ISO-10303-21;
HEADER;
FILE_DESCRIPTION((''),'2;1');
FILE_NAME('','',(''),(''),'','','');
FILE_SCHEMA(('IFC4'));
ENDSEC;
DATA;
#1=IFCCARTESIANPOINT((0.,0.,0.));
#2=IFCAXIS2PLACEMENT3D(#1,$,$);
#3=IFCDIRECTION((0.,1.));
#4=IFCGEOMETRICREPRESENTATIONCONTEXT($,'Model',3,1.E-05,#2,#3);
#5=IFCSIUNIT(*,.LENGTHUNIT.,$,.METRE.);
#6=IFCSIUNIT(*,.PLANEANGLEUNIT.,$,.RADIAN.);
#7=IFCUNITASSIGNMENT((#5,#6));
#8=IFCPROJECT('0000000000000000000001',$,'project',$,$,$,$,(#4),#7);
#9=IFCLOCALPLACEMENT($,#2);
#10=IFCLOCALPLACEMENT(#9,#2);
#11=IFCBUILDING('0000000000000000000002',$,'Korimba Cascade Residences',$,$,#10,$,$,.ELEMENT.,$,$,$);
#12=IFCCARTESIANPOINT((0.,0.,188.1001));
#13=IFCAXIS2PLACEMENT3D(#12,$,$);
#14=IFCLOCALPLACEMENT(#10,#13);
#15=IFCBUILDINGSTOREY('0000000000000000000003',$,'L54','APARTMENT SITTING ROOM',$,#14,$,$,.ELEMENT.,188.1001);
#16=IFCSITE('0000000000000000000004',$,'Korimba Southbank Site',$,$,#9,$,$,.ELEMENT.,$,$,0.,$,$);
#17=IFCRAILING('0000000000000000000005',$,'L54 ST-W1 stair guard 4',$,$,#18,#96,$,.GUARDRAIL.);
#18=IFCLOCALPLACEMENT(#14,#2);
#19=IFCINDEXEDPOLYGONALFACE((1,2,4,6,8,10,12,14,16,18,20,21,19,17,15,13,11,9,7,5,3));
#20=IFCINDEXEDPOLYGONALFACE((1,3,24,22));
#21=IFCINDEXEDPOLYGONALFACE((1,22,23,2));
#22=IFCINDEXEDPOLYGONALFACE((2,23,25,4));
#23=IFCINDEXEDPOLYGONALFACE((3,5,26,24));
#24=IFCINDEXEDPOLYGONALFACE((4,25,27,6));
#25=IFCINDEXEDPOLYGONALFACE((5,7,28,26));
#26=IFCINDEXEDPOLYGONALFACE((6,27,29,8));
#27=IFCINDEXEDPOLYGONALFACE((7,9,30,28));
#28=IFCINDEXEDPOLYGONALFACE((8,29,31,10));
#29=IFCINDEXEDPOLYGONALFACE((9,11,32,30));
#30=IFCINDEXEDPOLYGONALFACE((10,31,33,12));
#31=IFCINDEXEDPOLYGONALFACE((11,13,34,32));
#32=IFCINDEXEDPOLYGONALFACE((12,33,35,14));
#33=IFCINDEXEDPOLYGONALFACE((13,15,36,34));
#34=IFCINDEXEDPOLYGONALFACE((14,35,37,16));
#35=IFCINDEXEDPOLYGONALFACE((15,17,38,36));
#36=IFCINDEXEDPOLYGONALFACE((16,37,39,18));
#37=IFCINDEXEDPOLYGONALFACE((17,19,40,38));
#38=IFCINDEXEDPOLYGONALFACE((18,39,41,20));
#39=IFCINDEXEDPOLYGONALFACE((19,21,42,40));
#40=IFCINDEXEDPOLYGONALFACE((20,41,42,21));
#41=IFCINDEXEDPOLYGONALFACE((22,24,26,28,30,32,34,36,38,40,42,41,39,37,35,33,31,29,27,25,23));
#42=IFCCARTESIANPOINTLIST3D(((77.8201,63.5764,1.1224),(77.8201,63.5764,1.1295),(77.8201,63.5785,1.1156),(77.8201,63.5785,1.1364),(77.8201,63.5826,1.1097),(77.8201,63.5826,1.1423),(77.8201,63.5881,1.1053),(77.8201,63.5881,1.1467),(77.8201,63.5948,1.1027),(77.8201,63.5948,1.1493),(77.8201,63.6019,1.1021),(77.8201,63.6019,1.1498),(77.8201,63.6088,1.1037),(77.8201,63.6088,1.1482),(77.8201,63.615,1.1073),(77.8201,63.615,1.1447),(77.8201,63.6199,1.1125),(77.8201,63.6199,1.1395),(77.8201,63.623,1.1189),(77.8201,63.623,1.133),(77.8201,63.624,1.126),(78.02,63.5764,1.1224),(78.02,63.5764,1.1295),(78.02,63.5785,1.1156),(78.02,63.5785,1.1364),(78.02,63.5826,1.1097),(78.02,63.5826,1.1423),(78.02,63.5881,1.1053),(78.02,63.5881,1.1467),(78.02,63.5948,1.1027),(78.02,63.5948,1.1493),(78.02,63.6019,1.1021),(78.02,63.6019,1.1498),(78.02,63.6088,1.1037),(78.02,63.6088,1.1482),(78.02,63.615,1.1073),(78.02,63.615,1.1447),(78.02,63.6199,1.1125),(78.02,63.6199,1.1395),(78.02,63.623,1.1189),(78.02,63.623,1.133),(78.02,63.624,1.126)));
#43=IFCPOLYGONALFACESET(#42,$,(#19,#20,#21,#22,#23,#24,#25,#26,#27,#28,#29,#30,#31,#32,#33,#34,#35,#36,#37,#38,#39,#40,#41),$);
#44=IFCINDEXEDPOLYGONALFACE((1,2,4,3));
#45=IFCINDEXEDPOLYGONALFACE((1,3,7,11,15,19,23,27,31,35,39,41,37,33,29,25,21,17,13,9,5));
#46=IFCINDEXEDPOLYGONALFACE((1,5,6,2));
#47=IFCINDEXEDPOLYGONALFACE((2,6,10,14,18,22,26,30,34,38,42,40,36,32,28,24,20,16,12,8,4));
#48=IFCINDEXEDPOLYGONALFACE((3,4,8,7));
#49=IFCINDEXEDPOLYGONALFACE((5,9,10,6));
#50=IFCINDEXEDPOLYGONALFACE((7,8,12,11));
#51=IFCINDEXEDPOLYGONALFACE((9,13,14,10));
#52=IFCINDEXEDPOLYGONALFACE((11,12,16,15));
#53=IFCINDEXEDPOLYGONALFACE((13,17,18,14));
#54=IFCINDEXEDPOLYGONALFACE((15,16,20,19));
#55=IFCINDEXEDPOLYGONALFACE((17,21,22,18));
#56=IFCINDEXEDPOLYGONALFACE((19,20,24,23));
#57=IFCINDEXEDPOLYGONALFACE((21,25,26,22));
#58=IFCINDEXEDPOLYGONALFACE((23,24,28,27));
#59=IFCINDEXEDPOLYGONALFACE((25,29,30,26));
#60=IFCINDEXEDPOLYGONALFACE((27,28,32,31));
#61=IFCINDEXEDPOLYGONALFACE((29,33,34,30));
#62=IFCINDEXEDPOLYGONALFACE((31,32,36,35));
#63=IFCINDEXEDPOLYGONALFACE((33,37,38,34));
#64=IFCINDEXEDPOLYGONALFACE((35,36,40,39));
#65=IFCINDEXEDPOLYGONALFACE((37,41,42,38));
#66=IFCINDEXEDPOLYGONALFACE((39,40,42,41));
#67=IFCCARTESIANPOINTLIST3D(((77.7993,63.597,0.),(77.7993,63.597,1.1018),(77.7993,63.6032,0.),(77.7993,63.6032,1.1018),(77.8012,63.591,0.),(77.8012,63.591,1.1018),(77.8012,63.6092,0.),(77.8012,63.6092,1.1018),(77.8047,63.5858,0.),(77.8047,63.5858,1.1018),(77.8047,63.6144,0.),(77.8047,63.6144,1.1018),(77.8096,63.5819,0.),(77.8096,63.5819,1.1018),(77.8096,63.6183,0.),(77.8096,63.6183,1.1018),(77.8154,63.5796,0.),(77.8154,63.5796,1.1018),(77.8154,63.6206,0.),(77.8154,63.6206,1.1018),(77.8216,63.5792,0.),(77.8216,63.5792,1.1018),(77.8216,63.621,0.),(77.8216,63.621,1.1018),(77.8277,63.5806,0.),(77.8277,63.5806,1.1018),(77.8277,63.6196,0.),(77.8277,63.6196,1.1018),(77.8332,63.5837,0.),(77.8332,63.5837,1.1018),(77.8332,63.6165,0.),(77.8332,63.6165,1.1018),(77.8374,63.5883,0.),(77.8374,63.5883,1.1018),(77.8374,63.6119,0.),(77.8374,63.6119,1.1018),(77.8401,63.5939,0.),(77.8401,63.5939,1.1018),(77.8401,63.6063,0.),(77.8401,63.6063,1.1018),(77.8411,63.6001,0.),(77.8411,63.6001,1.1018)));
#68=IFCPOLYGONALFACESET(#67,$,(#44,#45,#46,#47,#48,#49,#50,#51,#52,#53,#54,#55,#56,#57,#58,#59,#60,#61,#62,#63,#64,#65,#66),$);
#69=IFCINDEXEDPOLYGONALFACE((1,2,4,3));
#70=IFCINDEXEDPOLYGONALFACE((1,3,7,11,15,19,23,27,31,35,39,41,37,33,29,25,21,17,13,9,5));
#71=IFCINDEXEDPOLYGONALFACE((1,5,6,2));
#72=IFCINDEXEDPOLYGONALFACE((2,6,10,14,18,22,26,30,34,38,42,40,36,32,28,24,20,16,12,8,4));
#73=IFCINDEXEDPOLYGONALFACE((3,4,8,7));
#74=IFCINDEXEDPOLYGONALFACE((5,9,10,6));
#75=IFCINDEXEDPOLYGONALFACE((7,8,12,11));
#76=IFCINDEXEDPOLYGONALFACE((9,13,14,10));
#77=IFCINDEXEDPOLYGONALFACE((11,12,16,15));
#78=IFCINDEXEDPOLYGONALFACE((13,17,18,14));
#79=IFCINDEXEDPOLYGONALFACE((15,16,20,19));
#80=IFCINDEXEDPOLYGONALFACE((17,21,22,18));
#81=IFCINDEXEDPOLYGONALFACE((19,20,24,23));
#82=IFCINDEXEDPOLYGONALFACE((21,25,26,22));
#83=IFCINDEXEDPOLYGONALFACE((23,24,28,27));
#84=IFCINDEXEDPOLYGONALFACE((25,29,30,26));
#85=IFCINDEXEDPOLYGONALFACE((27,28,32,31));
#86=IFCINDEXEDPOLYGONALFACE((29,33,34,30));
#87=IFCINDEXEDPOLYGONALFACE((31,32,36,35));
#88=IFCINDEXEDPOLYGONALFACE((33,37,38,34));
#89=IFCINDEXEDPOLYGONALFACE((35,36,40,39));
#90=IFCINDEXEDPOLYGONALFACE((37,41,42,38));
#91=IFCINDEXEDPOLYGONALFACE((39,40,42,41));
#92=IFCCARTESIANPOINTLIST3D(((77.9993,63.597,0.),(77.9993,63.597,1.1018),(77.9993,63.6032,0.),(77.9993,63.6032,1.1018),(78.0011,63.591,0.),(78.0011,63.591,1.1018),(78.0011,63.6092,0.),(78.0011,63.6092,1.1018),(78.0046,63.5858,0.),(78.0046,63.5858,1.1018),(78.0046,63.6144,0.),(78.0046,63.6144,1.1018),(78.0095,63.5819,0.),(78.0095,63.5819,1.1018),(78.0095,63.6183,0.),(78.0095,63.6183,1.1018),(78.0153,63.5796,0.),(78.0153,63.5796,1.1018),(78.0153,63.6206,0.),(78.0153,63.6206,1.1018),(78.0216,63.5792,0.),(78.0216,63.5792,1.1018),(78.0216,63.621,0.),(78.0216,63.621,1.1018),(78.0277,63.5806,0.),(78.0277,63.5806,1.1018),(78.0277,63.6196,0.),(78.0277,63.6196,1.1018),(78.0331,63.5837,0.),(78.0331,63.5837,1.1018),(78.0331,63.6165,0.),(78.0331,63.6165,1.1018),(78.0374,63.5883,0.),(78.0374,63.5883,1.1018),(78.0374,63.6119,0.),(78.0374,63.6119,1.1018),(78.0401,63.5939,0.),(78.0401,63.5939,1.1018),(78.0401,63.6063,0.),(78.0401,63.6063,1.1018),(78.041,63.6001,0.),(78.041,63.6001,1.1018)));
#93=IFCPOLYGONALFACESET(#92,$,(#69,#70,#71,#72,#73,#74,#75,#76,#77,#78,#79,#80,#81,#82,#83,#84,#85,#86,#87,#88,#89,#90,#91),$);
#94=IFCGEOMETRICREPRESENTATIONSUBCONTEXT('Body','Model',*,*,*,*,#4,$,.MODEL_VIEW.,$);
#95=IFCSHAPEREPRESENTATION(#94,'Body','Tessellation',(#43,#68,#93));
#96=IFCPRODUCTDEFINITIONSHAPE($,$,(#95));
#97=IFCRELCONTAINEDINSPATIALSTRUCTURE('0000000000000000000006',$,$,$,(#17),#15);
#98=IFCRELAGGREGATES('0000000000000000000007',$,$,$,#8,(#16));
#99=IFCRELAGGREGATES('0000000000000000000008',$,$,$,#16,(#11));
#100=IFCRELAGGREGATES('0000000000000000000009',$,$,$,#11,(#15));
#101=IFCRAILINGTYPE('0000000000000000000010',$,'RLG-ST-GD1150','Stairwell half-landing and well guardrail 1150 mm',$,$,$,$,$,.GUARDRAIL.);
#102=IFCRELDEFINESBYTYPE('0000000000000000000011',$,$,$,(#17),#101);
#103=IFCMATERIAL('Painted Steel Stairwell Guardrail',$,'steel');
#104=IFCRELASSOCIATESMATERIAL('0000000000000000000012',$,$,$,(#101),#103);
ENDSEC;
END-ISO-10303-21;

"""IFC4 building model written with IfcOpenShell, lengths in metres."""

from ifc_helpers import new_model, si_unit, direction, frame, origin, origin_2d, place, context, subcontext, project, spatial, circle, extrude, material, type_object, element, save


model = new_model("IFC4")

# Units and contexts
model_context = context("Model", 3, precision=1e-05, world=origin(), true_north=direction((0.0, 1.0)))
body_context = subcontext(model_context, "Body", "Model", "MODEL_VIEW")
ifc_project = project(units=[si_unit("LENGTHUNIT", "METRE"), si_unit("PLANEANGLEUNIT", "RADIAN")], contexts=[model_context])

# Site, building, storey
site_placement = place(None, origin())
site = spatial("IfcSite", under=ifc_project, at=site_placement, Name="Korimba Southbank Site", CompositionType="ELEMENT", RefElevation=0.0)
building_placement = place(site_placement, origin())
building = spatial("IfcBuilding", under=site, at=building_placement, Name="Korimba Cascade Residences", CompositionType="ELEMENT")
storey_placement = place(building_placement, frame((0.0, 0.0, 188.1001)))
storey = spatial("IfcBuildingStorey", under=building, at=storey_placement, Name="L54", Description="APARTMENT SITTING ROOM", CompositionType="ELEMENT", Elevation=188.1001)

# Railing
ifc_material_1 = material(Name="Painted Steel Stairwell Guardrail", Category="steel")
railing_type_1 = type_object("IfcRailingType", Name="RLG-ST-GD1150", Description="Stairwell half-landing and well guardrail 1150 mm", PredefinedType="GUARDRAIL", material=ifc_material_1)
railing_1_placement = place(storey_placement, frame((77.8201, 63.6001, 0.0)))
element("IfcRailing", 1, at=railing_1_placement, inside=storey, type_object=railing_type_1, Name="L54 ST-W1 stair guard 4", PredefinedType="GUARDRAIL", context=body_context, shape_type="SweptSolid", body=[
    extrude(circle(Radius=0.0239, at=origin_2d()), frame((0.0, 0.0, 1.126), z_axis=(1.0, 0.0, 0.0), x_axis=(0.0, 1.0, 0.0)), (0.0, 0.0, 1.0), 0.2),
    extrude(circle(Radius=0.021, at=origin_2d()), origin(), (0.0, 0.0, 1.0), 1.1018),
    extrude(circle(Radius=0.021, at=origin_2d()), frame((0.2, 0.0, 0.0)), (0.0, 0.0, 1.0), 1.1018),
])

save(model, "model.ifc")
